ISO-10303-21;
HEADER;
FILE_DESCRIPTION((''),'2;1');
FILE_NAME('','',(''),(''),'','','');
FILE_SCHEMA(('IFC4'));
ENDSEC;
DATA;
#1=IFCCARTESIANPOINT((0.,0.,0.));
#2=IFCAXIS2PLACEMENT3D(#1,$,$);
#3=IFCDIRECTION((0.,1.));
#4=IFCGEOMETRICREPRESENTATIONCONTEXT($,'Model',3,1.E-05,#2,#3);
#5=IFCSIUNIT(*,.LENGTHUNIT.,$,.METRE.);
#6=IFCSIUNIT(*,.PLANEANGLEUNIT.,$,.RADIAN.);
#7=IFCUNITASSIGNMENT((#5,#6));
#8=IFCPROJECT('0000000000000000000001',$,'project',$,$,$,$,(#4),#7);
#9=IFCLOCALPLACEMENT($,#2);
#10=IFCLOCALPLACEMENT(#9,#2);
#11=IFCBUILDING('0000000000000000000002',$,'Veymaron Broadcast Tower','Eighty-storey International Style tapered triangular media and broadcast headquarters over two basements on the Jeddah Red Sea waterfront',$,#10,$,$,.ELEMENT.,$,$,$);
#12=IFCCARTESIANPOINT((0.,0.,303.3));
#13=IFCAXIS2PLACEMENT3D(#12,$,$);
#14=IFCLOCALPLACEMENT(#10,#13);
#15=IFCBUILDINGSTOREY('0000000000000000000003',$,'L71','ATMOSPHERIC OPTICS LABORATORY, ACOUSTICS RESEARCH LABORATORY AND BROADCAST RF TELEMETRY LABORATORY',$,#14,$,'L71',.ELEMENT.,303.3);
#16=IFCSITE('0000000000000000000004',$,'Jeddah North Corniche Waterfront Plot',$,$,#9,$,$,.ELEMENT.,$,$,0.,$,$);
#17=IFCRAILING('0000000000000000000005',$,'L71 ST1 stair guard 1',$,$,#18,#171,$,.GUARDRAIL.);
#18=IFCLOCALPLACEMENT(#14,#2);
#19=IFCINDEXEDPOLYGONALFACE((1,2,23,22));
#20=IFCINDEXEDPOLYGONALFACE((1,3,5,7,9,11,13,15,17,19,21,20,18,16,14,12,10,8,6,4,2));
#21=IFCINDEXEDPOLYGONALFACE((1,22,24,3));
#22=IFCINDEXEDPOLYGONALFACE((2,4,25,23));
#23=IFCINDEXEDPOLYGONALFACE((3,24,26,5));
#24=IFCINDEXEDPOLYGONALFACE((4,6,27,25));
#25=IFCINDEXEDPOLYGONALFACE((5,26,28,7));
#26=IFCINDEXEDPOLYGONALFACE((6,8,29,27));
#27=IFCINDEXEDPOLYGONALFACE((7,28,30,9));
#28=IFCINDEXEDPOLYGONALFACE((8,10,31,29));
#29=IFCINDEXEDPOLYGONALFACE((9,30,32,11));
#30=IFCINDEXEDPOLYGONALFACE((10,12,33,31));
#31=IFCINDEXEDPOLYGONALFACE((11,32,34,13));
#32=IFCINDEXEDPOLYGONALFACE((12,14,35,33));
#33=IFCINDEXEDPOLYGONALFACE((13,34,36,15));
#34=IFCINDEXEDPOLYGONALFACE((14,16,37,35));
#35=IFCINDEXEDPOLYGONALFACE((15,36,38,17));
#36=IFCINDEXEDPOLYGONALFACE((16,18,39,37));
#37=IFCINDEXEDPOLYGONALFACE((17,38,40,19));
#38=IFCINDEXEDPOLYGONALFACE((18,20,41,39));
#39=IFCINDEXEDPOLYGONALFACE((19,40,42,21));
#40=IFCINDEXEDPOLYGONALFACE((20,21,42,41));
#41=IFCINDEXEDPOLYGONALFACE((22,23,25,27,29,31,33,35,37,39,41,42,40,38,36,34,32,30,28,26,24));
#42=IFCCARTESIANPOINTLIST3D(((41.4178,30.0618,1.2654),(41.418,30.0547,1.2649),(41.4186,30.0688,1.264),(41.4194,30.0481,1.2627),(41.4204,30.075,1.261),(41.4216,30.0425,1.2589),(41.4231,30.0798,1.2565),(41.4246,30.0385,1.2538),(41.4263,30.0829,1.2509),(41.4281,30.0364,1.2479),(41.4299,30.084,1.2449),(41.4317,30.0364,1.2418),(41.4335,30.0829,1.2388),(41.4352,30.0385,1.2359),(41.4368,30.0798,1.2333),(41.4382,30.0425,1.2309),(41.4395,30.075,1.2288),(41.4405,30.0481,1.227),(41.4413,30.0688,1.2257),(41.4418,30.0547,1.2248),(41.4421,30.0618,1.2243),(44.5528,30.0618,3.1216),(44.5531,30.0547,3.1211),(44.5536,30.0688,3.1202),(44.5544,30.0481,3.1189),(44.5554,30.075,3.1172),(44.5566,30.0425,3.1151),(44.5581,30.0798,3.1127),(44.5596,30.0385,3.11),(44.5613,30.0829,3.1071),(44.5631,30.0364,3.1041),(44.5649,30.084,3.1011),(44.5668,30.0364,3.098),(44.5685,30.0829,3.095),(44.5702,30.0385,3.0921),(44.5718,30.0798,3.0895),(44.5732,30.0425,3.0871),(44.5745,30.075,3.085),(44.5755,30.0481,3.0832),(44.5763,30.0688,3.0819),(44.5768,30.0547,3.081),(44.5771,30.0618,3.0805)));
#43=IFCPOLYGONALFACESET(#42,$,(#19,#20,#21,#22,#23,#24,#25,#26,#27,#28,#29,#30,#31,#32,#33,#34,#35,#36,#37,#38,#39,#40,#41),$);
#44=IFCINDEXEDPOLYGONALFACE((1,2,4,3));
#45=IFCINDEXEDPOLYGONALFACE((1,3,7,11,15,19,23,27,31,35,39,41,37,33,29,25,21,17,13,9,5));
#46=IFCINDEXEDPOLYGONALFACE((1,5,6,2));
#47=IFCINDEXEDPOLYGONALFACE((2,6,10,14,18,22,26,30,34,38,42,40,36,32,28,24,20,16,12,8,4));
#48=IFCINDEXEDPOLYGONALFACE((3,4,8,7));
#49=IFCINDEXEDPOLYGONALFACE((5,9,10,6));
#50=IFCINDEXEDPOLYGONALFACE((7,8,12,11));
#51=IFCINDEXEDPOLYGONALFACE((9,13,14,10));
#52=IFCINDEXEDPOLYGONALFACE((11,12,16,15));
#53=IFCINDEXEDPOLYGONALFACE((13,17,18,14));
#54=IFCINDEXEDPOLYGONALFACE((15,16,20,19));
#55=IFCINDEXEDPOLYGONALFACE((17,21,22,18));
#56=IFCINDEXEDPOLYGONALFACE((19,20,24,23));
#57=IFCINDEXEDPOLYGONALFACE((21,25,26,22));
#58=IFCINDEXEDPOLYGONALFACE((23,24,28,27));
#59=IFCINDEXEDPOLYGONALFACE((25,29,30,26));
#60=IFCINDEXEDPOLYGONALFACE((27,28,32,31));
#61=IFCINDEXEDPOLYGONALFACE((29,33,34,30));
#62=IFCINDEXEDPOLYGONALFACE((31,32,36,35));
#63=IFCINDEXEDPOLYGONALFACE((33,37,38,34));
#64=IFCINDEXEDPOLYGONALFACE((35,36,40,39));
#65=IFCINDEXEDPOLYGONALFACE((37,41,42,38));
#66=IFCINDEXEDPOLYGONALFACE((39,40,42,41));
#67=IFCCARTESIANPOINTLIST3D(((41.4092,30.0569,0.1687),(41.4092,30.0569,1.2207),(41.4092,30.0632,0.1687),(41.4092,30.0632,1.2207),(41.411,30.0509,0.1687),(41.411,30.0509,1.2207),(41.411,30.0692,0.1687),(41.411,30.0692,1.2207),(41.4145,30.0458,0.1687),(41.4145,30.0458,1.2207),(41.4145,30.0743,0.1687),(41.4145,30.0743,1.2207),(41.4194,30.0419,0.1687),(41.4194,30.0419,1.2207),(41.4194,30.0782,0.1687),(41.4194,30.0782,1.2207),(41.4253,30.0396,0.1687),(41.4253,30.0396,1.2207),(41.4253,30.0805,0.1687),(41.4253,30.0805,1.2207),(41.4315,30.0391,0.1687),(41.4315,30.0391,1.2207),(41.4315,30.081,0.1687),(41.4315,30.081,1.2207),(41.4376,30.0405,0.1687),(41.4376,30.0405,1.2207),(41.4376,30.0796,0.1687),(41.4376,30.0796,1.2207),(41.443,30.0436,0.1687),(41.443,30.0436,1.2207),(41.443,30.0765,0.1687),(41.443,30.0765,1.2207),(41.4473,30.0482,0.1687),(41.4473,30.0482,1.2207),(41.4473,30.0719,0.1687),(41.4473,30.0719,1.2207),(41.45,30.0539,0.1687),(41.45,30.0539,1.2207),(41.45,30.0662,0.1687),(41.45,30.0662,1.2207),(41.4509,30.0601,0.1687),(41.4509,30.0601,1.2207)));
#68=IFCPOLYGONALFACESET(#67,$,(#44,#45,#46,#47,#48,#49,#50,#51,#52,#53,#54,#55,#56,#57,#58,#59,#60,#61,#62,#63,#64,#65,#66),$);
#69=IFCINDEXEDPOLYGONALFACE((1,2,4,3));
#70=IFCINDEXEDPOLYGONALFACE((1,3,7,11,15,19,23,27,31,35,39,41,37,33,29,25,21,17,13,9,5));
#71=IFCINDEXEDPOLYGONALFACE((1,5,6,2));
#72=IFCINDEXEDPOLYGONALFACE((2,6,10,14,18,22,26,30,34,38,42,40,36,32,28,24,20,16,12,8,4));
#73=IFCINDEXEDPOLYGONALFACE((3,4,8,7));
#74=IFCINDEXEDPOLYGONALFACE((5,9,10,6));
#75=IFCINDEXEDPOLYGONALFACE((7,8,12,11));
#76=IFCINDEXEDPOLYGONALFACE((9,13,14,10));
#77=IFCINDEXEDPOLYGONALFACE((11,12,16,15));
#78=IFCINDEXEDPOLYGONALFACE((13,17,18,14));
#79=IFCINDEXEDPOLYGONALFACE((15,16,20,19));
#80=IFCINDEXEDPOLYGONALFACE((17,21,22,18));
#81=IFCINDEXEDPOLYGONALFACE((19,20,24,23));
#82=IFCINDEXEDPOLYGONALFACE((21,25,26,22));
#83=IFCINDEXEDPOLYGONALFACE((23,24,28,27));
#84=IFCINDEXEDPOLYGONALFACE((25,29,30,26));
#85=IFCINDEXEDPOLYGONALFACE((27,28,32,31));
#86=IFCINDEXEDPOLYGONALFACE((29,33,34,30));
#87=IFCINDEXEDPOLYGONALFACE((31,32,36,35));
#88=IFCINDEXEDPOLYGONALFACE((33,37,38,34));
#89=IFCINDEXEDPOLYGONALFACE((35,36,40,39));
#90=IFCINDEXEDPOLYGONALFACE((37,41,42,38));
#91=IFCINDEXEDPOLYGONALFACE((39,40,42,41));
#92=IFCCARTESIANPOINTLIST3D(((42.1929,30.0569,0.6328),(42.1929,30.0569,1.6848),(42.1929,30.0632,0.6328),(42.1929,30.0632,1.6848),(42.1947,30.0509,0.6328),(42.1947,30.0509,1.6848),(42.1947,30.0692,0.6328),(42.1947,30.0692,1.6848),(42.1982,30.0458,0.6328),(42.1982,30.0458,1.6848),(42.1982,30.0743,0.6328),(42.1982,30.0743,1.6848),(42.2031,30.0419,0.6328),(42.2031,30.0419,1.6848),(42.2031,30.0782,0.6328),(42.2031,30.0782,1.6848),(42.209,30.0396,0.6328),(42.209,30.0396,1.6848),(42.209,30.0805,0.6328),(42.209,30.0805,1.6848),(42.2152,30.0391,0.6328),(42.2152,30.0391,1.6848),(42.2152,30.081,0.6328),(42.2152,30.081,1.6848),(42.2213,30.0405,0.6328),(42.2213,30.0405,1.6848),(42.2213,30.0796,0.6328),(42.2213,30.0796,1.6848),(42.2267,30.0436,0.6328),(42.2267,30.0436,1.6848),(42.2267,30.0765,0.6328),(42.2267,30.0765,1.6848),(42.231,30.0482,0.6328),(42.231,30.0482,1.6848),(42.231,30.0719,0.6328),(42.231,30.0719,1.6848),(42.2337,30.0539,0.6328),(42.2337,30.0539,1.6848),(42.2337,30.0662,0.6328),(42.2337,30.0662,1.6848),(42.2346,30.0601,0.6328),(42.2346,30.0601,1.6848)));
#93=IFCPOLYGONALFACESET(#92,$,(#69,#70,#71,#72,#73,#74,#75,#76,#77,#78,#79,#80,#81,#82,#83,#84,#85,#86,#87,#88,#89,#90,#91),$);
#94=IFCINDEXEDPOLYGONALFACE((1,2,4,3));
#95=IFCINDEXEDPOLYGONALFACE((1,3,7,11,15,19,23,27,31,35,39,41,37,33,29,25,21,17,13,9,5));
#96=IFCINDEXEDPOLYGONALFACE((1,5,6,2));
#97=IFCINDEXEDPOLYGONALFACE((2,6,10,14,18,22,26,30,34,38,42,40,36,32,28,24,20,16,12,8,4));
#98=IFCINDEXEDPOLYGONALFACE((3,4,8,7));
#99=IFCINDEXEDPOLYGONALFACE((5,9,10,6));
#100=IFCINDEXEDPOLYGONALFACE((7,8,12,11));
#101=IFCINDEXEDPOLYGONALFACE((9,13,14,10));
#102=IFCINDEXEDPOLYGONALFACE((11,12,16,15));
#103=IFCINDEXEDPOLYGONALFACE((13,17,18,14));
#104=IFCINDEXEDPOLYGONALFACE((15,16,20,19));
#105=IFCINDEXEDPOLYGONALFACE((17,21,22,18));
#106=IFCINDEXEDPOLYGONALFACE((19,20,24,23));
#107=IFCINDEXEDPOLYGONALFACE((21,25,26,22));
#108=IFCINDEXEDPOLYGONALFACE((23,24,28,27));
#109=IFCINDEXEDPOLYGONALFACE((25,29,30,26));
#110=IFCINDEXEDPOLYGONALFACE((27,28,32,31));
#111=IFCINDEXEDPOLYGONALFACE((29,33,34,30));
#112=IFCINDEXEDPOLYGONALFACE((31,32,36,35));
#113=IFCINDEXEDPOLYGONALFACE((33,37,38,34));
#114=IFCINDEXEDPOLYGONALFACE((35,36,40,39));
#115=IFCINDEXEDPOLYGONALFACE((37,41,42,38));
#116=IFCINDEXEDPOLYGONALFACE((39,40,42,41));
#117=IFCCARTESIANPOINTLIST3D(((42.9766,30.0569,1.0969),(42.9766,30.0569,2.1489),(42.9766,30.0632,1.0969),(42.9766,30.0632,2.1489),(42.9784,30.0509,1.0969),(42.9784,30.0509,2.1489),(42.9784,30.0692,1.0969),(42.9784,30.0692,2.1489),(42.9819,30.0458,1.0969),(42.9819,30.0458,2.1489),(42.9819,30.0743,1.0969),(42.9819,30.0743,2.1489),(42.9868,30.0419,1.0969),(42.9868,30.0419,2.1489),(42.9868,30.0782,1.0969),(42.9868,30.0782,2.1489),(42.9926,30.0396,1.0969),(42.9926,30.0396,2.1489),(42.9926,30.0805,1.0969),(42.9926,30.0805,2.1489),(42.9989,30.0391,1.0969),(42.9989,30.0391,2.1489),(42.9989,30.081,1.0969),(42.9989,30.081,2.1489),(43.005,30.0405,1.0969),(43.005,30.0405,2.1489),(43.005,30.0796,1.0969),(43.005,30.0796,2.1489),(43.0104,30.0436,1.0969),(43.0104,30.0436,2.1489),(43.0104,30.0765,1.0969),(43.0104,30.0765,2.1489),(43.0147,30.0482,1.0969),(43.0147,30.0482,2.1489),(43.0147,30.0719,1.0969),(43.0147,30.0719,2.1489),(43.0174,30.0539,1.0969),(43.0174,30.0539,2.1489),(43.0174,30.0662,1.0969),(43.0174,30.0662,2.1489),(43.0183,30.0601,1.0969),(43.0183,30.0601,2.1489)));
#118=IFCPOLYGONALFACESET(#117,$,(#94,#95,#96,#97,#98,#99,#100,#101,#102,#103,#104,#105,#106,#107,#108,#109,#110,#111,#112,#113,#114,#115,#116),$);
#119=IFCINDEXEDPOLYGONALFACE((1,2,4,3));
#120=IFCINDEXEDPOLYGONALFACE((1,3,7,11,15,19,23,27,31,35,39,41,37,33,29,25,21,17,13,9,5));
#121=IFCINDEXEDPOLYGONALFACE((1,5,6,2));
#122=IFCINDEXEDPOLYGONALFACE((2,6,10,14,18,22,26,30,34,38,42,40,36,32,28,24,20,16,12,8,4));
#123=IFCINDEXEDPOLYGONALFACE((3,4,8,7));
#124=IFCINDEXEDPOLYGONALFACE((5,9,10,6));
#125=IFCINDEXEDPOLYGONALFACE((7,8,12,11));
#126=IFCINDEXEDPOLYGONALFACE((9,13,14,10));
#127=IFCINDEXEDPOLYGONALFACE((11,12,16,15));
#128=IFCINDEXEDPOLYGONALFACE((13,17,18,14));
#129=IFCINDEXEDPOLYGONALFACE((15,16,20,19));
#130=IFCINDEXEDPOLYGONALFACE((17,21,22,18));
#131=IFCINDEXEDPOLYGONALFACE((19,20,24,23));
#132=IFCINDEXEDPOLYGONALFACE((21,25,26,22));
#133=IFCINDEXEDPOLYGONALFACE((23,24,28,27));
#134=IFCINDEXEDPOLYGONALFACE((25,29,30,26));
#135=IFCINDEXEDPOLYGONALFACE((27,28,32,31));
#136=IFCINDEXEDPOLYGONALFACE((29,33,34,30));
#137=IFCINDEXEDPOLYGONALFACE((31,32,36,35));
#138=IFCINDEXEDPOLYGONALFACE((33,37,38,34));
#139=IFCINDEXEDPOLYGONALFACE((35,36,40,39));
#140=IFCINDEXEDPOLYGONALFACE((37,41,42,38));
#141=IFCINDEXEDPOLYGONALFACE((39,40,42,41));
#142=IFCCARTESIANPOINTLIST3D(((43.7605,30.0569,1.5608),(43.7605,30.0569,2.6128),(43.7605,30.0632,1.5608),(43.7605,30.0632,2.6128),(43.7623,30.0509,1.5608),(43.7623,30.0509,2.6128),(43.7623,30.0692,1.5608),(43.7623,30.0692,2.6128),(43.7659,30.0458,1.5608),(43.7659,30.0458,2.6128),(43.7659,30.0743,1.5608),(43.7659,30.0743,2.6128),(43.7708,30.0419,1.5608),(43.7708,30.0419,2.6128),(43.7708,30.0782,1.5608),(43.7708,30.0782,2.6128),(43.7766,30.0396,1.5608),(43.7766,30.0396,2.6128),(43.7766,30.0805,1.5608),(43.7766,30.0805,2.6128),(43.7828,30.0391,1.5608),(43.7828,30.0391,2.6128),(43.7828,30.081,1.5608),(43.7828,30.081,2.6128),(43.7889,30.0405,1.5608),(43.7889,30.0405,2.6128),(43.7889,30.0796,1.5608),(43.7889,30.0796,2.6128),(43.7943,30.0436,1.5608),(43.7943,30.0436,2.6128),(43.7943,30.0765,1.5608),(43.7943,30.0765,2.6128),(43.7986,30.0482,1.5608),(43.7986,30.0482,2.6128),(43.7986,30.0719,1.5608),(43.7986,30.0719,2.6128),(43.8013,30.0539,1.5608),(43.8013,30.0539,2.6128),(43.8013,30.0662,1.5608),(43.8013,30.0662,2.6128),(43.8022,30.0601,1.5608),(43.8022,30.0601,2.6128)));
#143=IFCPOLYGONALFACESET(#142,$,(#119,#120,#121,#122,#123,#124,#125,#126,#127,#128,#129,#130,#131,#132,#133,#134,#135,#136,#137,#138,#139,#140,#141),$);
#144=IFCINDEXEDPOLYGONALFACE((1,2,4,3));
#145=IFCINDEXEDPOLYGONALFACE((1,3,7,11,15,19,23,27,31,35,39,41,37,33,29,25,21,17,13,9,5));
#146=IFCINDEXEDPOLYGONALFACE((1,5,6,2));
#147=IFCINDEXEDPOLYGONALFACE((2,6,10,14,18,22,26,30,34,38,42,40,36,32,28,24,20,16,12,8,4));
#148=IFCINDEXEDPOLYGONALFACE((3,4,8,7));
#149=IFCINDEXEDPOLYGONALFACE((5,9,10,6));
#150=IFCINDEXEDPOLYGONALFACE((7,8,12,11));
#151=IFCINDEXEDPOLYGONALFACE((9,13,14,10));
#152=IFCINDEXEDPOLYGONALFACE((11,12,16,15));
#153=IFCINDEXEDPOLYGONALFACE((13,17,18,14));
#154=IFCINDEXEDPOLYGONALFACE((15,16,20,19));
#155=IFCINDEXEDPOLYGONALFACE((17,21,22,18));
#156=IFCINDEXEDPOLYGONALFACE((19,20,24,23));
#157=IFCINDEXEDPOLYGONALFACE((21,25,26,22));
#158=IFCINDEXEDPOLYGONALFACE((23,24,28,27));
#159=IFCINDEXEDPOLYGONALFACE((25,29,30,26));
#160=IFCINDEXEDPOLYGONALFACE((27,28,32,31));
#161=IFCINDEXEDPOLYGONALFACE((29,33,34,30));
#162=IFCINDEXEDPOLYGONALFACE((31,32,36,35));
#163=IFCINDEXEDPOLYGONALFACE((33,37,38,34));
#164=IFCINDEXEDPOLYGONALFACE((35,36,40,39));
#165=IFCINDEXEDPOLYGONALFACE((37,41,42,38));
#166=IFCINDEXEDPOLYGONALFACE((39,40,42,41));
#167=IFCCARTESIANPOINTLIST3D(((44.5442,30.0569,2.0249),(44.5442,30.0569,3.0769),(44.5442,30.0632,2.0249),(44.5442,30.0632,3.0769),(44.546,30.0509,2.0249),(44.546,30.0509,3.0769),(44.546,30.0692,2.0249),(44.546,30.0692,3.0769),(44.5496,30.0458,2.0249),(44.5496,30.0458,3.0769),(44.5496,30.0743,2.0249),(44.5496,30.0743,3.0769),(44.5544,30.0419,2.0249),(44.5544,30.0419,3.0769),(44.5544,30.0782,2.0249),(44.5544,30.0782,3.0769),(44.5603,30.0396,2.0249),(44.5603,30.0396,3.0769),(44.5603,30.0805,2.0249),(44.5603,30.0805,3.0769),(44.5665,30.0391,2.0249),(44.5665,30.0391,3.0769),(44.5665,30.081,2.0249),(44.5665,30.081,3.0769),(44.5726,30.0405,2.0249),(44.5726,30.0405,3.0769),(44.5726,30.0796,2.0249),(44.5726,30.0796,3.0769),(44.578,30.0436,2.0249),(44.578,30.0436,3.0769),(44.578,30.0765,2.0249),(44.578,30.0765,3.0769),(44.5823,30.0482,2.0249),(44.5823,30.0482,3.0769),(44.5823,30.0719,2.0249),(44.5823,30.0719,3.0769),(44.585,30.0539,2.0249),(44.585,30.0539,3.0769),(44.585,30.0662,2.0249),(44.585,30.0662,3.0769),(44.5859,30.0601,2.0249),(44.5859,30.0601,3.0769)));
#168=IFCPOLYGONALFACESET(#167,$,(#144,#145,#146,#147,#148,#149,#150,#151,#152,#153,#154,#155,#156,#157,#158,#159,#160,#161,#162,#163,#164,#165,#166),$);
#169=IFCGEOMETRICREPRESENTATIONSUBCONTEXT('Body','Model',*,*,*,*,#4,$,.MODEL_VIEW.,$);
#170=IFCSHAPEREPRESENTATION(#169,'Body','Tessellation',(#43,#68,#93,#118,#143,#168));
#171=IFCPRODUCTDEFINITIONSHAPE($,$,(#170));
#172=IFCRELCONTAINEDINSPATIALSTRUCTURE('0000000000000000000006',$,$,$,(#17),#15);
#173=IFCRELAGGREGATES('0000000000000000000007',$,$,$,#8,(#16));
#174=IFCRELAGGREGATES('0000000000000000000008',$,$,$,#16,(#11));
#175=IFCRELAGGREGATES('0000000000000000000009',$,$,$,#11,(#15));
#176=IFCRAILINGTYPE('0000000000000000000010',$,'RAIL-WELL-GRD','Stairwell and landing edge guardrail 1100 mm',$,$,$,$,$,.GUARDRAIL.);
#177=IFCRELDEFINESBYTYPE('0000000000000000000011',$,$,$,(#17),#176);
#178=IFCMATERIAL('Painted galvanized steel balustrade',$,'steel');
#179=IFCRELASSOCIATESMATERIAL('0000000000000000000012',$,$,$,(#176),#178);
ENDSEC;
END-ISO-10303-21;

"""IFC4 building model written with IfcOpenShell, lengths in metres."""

from ifc_helpers import new_model, si_unit, direction, frame, origin, origin_2d, place, context, subcontext, project, spatial, circle, extrude, material, type_object, element, save


model = new_model("IFC4")

# Units and contexts
model_context = context("Model", 3, precision=1e-05, world=origin(), true_north=direction((0.0, 1.0)))
body_context = subcontext(model_context, "Body", "Model", "MODEL_VIEW")
ifc_project = project(units=[si_unit("LENGTHUNIT", "METRE"), si_unit("PLANEANGLEUNIT", "RADIAN")], contexts=[model_context])

# Site, building, storey
site_placement = place(None, origin())
site = spatial("IfcSite", under=ifc_project, at=site_placement, Name="Jeddah North Corniche Waterfront Plot", CompositionType="ELEMENT", RefElevation=0.0)
building_placement = place(site_placement, origin())
building = spatial("IfcBuilding", under=site, at=building_placement, Name="Veymaron Broadcast Tower", Description="Eighty-storey International Style tapered triangular media and broadcast headquarters over two basements on the Jeddah Red Sea waterfront", CompositionType="ELEMENT")
storey_placement = place(building_placement, frame((0.0, 0.0, 303.3)))
storey = spatial("IfcBuildingStorey", under=building, at=storey_placement, Name="L71", Description="ATMOSPHERIC OPTICS LABORATORY, ACOUSTICS RESEARCH LABORATORY AND BROADCAST RF TELEMETRY LABORATORY", LongName="L71", CompositionType="ELEMENT", Elevation=303.3)

# Railing
ifc_material_1 = material(Name="Painted galvanized steel balustrade", Category="steel")
railing_type_1 = type_object("IfcRailingType", Name="RAIL-WELL-GRD", Description="Stairwell and landing edge guardrail 1100 mm", PredefinedType="GUARDRAIL", material=ifc_material_1)
railing_1_placement = place(storey_placement, frame((41.4299, 30.0601, 0.1687)))
element("IfcRailing", 1, at=railing_1_placement, inside=storey, type_object=railing_type_1, Name="L71 ST1 stair guard 1", PredefinedType="GUARDRAIL", context=body_context, shape_type="SweptSolid", body=[
    extrude(circle(Radius=0.0239, at=origin_2d()), frame((0.0, 0.0, 1.0762), z_axis=(0.860482, 0.0, 0.509481), x_axis=(0.0, 1.0, 0.0)), (0.0, 0.0, 1.0), 3.6433),
    extrude(circle(Radius=0.021, at=origin_2d()), origin(), (0.0, 0.0, 1.0), 1.052),
    extrude(circle(Radius=0.021, at=origin_2d()), frame((0.7837, 0.0, 0.4641)), (0.0, 0.0, 1.0), 1.052),
    extrude(circle(Radius=0.021, at=origin_2d()), frame((1.5674, 0.0, 0.9282)), (0.0, 0.0, 1.0), 1.052),
    extrude(circle(Radius=0.021, at=origin_2d()), frame((2.3513, 0.0, 1.3921)), (0.0, 0.0, 1.0), 1.052),
    extrude(circle(Radius=0.021, at=origin_2d()), frame((3.135, 0.0, 1.8562)), (0.0, 0.0, 1.0), 1.052),
])

save(model, "model.ifc")
